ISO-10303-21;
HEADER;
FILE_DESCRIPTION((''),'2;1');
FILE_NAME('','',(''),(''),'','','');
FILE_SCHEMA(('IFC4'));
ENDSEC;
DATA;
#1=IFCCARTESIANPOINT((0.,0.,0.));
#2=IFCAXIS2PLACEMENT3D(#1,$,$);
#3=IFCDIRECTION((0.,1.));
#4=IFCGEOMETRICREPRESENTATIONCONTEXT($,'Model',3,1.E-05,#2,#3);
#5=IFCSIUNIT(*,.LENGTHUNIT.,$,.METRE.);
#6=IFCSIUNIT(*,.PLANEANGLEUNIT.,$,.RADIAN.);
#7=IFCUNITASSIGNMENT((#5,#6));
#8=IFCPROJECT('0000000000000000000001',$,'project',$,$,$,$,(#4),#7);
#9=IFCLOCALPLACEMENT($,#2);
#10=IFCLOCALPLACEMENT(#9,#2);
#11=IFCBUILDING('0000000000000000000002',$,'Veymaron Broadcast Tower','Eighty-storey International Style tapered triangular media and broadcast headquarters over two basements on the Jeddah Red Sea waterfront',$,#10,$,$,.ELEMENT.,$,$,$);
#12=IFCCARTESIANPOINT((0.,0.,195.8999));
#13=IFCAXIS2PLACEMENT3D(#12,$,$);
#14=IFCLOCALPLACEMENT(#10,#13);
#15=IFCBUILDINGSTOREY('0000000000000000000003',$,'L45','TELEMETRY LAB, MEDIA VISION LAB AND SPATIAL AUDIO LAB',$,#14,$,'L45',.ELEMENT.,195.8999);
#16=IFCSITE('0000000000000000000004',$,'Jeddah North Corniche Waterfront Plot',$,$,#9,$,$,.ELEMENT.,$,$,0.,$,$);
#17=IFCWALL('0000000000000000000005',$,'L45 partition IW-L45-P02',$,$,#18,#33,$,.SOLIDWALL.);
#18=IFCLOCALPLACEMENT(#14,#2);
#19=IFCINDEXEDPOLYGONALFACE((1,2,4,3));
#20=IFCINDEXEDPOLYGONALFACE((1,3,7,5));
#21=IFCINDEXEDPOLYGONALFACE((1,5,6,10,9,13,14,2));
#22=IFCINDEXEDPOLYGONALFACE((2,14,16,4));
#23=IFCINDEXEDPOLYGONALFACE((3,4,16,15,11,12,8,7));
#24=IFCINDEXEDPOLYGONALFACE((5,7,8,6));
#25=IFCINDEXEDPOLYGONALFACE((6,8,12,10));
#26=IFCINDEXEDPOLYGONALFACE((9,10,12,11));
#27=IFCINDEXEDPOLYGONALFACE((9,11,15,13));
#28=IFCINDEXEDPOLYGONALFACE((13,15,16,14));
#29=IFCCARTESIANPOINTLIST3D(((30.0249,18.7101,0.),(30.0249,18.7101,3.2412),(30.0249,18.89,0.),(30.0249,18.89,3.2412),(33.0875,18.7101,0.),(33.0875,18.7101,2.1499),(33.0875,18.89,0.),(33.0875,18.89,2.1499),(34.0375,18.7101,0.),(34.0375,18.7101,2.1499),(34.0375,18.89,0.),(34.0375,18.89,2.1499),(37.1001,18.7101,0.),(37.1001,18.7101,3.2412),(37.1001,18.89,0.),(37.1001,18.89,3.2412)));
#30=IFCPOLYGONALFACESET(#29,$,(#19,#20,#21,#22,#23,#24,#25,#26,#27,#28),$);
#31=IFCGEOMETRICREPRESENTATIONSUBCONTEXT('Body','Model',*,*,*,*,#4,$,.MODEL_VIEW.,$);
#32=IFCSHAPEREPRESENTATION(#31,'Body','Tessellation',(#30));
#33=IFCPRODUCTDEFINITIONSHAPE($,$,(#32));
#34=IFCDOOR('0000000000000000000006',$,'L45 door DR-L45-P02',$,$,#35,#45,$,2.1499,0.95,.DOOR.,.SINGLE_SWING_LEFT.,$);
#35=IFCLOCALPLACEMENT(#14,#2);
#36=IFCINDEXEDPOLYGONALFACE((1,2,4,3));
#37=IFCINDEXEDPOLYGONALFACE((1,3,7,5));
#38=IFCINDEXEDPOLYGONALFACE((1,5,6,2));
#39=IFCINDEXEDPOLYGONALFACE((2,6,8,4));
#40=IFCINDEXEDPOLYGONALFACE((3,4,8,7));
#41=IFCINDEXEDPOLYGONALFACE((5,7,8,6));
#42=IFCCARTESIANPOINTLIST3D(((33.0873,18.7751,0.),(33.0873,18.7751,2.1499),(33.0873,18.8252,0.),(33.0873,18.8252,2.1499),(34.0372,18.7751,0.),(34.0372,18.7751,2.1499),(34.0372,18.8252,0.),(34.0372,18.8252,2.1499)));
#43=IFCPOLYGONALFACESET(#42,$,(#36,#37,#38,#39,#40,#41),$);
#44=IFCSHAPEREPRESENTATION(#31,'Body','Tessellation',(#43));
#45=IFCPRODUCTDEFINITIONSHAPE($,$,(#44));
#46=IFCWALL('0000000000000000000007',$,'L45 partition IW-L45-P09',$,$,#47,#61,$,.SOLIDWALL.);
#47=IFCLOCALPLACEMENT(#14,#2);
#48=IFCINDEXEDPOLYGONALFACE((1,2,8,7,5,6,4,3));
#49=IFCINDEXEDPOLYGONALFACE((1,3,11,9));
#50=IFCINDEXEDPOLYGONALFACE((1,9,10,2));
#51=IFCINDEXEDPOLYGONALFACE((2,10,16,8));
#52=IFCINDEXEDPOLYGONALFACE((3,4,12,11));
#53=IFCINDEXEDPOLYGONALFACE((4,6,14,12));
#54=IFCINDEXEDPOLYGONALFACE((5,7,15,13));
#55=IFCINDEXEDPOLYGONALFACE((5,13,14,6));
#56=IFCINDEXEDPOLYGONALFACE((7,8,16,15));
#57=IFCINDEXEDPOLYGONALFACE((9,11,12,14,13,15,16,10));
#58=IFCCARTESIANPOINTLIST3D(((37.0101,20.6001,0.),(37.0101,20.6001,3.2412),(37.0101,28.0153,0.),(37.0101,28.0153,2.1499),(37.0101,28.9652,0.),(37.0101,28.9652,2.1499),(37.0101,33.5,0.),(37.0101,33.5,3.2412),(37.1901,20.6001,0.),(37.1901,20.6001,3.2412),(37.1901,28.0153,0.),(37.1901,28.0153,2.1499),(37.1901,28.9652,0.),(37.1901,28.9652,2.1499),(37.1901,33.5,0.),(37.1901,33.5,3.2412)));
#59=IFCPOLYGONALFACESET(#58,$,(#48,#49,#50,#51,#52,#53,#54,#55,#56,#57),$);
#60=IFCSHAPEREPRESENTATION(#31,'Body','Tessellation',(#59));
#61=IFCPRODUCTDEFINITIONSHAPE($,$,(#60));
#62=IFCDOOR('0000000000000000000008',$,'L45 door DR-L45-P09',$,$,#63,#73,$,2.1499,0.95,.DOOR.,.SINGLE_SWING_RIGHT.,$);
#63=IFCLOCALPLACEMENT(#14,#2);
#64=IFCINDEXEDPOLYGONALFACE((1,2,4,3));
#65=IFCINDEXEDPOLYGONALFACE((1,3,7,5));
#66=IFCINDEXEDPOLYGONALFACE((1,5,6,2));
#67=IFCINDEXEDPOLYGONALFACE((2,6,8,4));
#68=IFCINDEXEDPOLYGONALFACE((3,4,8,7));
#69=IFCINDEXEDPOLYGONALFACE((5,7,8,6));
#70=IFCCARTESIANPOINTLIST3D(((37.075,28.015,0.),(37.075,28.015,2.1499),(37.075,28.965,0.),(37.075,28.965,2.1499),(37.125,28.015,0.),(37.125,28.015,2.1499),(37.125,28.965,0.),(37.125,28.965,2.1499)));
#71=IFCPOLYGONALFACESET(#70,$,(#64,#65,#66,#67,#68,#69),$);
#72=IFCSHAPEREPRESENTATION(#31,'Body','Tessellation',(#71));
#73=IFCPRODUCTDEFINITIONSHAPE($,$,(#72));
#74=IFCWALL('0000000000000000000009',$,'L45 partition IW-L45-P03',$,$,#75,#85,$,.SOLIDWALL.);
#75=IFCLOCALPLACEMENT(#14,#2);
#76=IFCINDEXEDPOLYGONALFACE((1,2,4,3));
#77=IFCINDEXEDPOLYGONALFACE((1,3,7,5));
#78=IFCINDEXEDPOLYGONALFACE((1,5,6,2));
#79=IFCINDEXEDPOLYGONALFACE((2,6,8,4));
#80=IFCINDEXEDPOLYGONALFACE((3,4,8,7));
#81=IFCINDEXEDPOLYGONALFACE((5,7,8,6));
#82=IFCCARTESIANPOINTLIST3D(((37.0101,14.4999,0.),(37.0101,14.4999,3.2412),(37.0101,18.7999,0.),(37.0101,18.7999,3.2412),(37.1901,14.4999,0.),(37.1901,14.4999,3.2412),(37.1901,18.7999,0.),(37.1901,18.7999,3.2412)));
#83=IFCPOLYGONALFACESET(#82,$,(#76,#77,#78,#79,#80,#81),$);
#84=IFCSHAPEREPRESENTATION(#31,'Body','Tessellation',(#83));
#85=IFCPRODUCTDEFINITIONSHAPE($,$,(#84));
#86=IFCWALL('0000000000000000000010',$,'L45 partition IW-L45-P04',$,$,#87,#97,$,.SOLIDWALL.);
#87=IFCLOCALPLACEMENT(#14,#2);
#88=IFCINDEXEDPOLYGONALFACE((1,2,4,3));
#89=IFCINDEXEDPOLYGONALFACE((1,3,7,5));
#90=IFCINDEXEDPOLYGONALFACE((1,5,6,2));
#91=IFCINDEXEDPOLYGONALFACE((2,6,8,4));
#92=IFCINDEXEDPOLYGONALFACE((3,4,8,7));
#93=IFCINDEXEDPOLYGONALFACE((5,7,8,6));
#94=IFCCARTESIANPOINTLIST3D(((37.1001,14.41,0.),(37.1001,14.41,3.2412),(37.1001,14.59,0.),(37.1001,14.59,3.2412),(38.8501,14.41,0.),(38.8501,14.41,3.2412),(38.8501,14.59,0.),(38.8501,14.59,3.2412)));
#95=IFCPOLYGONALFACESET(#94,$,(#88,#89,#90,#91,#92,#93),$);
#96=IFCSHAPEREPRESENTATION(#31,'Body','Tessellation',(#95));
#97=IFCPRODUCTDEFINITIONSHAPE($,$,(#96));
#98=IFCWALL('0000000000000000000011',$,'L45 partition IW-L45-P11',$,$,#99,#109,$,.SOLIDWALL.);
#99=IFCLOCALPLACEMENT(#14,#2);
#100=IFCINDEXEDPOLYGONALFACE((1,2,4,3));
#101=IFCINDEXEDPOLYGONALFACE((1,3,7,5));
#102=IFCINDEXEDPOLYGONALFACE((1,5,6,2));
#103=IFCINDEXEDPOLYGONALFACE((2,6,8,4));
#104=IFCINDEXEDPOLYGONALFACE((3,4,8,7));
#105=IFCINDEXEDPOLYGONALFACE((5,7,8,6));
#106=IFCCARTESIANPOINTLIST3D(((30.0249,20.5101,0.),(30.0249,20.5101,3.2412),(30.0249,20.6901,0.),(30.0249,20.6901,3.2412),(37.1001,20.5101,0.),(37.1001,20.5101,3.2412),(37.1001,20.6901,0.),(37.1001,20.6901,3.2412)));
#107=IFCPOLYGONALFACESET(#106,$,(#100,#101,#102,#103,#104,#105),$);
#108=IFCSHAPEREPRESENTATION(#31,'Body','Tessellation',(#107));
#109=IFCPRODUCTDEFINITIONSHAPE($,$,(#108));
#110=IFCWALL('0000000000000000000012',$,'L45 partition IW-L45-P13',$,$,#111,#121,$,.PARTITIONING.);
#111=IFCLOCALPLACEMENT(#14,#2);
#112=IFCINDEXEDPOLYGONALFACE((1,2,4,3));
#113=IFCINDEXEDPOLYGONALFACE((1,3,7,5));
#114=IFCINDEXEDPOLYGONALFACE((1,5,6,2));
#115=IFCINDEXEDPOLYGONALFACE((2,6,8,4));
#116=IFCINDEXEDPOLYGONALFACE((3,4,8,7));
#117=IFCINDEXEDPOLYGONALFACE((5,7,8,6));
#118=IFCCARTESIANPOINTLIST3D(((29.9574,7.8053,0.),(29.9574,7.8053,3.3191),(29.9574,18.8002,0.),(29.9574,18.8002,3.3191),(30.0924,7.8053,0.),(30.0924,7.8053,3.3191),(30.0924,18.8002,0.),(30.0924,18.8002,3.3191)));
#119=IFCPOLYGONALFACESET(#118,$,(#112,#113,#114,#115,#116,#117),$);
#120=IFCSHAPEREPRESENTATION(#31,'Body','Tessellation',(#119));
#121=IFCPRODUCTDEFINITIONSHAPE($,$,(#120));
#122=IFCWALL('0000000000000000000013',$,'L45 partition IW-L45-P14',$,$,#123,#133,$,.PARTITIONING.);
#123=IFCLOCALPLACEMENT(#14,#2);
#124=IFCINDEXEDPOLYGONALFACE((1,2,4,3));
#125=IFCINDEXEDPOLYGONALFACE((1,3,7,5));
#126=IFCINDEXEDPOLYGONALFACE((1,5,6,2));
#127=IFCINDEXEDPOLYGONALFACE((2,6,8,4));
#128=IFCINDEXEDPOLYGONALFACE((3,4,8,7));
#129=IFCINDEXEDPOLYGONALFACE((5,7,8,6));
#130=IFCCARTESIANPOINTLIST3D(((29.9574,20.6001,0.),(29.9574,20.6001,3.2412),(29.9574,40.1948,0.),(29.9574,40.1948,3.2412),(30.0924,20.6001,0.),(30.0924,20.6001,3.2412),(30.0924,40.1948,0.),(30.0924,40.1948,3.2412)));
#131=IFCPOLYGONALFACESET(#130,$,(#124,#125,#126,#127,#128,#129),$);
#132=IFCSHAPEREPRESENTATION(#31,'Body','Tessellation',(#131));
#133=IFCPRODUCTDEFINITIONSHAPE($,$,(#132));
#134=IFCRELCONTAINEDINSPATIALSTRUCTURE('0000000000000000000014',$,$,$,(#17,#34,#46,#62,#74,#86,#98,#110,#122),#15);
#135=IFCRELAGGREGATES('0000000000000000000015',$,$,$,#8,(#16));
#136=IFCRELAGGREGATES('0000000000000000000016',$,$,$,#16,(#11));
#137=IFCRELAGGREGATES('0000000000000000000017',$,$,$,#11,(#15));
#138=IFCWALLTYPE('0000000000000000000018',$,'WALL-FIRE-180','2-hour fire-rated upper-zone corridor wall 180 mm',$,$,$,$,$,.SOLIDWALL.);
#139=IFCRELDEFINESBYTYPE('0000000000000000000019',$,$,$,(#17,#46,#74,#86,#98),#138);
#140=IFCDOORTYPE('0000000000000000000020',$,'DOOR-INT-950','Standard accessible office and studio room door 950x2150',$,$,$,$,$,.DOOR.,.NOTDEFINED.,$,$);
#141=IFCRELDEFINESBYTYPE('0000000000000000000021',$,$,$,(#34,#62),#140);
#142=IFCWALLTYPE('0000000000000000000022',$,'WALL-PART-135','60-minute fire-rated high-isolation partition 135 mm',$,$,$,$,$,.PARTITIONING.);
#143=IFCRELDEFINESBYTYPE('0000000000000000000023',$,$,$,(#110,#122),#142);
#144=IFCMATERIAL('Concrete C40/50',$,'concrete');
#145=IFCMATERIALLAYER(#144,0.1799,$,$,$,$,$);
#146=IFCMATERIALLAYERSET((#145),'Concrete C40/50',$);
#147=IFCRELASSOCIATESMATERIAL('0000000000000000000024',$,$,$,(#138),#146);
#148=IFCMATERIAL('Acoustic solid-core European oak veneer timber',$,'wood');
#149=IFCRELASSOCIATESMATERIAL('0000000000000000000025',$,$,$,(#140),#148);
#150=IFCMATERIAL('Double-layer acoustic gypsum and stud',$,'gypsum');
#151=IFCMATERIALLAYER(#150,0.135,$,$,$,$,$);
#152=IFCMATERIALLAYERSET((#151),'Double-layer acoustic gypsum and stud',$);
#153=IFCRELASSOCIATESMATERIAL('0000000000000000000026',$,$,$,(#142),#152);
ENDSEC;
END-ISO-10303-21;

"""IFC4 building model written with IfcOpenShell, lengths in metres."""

from ifc_helpers import new_model, si_unit, direction, frame, frame_2d, origin, place, context, subcontext, project, spatial, rectangle, extrude, material, layer, layer_set, type_object, element, fill, save


model = new_model("IFC4")

# Units and contexts
model_context = context("Model", 3, precision=1e-05, world=origin(), true_north=direction((0.0, 1.0)))
body_context = subcontext(model_context, "Body", "Model", "MODEL_VIEW")
ifc_project = project(units=[si_unit("LENGTHUNIT", "METRE"), si_unit("PLANEANGLEUNIT", "RADIAN")], contexts=[model_context])

# Site, building, storey
site_placement = place(None, origin())
site = spatial("IfcSite", under=ifc_project, at=site_placement, Name="Jeddah North Corniche Waterfront Plot", CompositionType="ELEMENT", RefElevation=0.0)
building_placement = place(site_placement, origin())
building = spatial("IfcBuilding", under=site, at=building_placement, Name="Veymaron Broadcast Tower", Description="Eighty-storey International Style tapered triangular media and broadcast headquarters over two basements on the Jeddah Red Sea waterfront", CompositionType="ELEMENT")
storey_placement = place(building_placement, frame((0.0, 0.0, 195.8999)))
storey = spatial("IfcBuildingStorey", under=building, at=storey_placement, Name="L45", Description="TELEMETRY LAB, MEDIA VISION LAB AND SPATIAL AUDIO LAB", LongName="L45", CompositionType="ELEMENT", Elevation=195.8999)

# Walls, openings, doors
ifc_material_1 = material(Name="Concrete C40/50", Category="concrete")
ifc_layer_1 = layer(ifc_material_1, 0.1799)
ifc_layer_set_1 = layer_set([ifc_layer_1], Name="Concrete C40/50")
wall_type_1 = type_object("IfcWallType", Name="WALL-FIRE-180", Description="2-hour fire-rated upper-zone corridor wall 180 mm", PredefinedType="SOLIDWALL", material=ifc_layer_set_1)
wall_1_placement = place(storey_placement, frame((30.0249, 18.8, 0.0), z_axis=(0.0, 0.0, 1.0), x_axis=(1.0, 0.0, 0.0)))
wall_1 = element("IfcWall", 1, at=wall_1_placement, inside=storey, type_object=wall_type_1, Name="L45 partition IW-L45-P02", PredefinedType="SOLIDWALL", context=body_context, shape_type="SweptSolid", body=[
    extrude(rectangle(XDim=7.0752, YDim=0.1799, at=frame_2d((3.5376, 0.0))), origin(), (0.0, 0.0, 1.0), 3.2412),
])
opening_1_placement = place(wall_1_placement, frame((3.0625, 0.0, 0.0)))
opening_1 = element("IfcOpeningElement", 2, at=opening_1_placement, cuts=wall_1, PredefinedType="OPENING", context=body_context, shape_type="SweptSolid", body=[
    extrude(rectangle(XDim=0.95, YDim=2.1499, at=frame_2d((0.4751, 1.075))), frame((0.0, 0.1001, 0.0), z_axis=(0.0, -1.0, 0.0), x_axis=(1.0, 0.0, 0.0)), (0.0, 0.0, 1.0), 0.2),
])
ifc_material_2 = material(Name="Acoustic solid-core European oak veneer timber", Category="wood")
door_type = type_object("IfcDoorType", Name="DOOR-INT-950", Description="Standard accessible office and studio room door 950x2150", OperationType="NOTDEFINED", PredefinedType="DOOR", material=ifc_material_2)
door_1_placement = place(opening_1_placement, frame((0.95, 0.0, 0.0), z_axis=(0.0, 0.0, 1.0), x_axis=(-1.0, 0.0, 0.0)))
door_1 = element("IfcDoor", 3, at=door_1_placement, inside=storey, type_object=door_type, Name="L45 door DR-L45-P02", OperationType="SINGLE_SWING_LEFT", OverallHeight=2.1499, OverallWidth=0.95, PredefinedType="DOOR", context=body_context, shape_type="SweptSolid", body=[
    extrude(rectangle(XDim=0.95, YDim=2.1499, at=frame_2d((0.4751, 1.075))), frame((0.0, 0.0249, 0.0), z_axis=(0.0, -1.0, 0.0), x_axis=(1.0, 0.0, 0.0)), (0.0, 0.0, 1.0), 0.05),
])
fill(opening_1, door_1)
wall_2_placement = place(storey_placement, frame((37.1001, 20.6001, 0.0), z_axis=(0.0, 0.0, 1.0), x_axis=(0.0, 1.0, 0.0)))
wall_2 = element("IfcWall", 4, at=wall_2_placement, inside=storey, type_object=wall_type_1, Name="L45 partition IW-L45-P09", PredefinedType="SOLIDWALL", context=body_context, shape_type="SweptSolid", body=[
    extrude(rectangle(XDim=12.8999, YDim=0.1799, at=frame_2d((6.45, 0.0))), origin(), (0.0, 0.0, 1.0), 3.2412),
])
opening_2_placement = place(wall_2_placement, frame((7.415, 0.0, 0.0)))
opening_2 = element("IfcOpeningElement", 5, at=opening_2_placement, cuts=wall_2, PredefinedType="OPENING", context=body_context, shape_type="SweptSolid", body=[
    extrude(rectangle(XDim=0.95, YDim=2.1499, at=frame_2d((0.4751, 1.075))), frame((0.0, 0.1001, 0.0), z_axis=(0.0, -1.0, 0.0), x_axis=(1.0, 0.0, 0.0)), (0.0, 0.0, 1.0), 0.2),
])
door_2_placement = place(opening_2_placement, frame((0.95, 0.0, 0.0), z_axis=(0.0, 0.0, 1.0), x_axis=(-1.0, 0.0, 0.0)))
door_2 = element("IfcDoor", 6, at=door_2_placement, inside=storey, type_object=door_type, Name="L45 door DR-L45-P09", OperationType="SINGLE_SWING_RIGHT", OverallHeight=2.1499, OverallWidth=0.95, PredefinedType="DOOR", context=body_context, shape_type="SweptSolid", body=[
    extrude(rectangle(XDim=0.95, YDim=2.1499, at=frame_2d((0.4751, 1.075))), frame((0.0, 0.0249, 0.0), z_axis=(0.0, -1.0, 0.0), x_axis=(1.0, 0.0, 0.0)), (0.0, 0.0, 1.0), 0.05),
])
fill(opening_2, door_2)

# Walls
wall_3_placement = place(storey_placement, frame((37.1001, 14.5, 0.0), z_axis=(0.0, 0.0, 1.0), x_axis=(0.0, 1.0, 0.0)))
element("IfcWall", 7, at=wall_3_placement, inside=storey, type_object=wall_type_1, Name="L45 partition IW-L45-P03", PredefinedType="SOLIDWALL", context=body_context, shape_type="SweptSolid", body=[
    extrude(rectangle(XDim=4.3, YDim=0.1799, at=frame_2d((2.1499, 0.0))), origin(), (0.0, 0.0, 1.0), 3.2412),
])
wall_4_placement = place(storey_placement, frame((37.1001, 14.5, 0.0), z_axis=(0.0, 0.0, 1.0), x_axis=(1.0, 0.0, 0.0)))
element("IfcWall", 8, at=wall_4_placement, inside=storey, type_object=wall_type_1, Name="L45 partition IW-L45-P04", PredefinedType="SOLIDWALL", context=body_context, shape_type="SweptSolid", body=[
    extrude(rectangle(XDim=1.75, YDim=0.1799, at=frame_2d((0.875, 0.0))), origin(), (0.0, 0.0, 1.0), 3.2412),
])
wall_5_placement = place(storey_placement, frame((30.0249, 20.6001, 0.0), z_axis=(0.0, 0.0, 1.0), x_axis=(1.0, 0.0, 0.0)))
element("IfcWall", 9, at=wall_5_placement, inside=storey, type_object=wall_type_1, Name="L45 partition IW-L45-P11", PredefinedType="SOLIDWALL", context=body_context, shape_type="SweptSolid", body=[
    extrude(rectangle(XDim=7.0752, YDim=0.1799, at=frame_2d((3.5376, 0.0))), origin(), (0.0, 0.0, 1.0), 3.2412),
])
ifc_material_3 = material(Name="Double-layer acoustic gypsum and stud", Category="gypsum")
ifc_layer_2 = layer(ifc_material_3, 0.135)
ifc_layer_set_2 = layer_set([ifc_layer_2], Name="Double-layer acoustic gypsum and stud")
wall_type_2 = type_object("IfcWallType", Name="WALL-PART-135", Description="60-minute fire-rated high-isolation partition 135 mm", PredefinedType="PARTITIONING", material=ifc_layer_set_2)
wall_6_placement = place(storey_placement, frame((30.0249, 7.8052, 0.0), z_axis=(0.0, 0.0, 1.0), x_axis=(0.0, 1.0, 0.0)))
element("IfcWall", 10, at=wall_6_placement, inside=storey, type_object=wall_type_2, Name="L45 partition IW-L45-P13", PredefinedType="PARTITIONING", context=body_context, shape_type="SweptSolid", body=[
    extrude(rectangle(XDim=10.9949, YDim=0.135, at=frame_2d((5.4976, 0.0))), origin(), (0.0, 0.0, 1.0), 3.3191),
])
wall_7_placement = place(storey_placement, frame((30.0249, 20.6001, 0.0), z_axis=(0.0, 0.0, 1.0), x_axis=(0.0, 1.0, 0.0)))
element("IfcWall", 11, at=wall_7_placement, inside=storey, type_object=wall_type_2, Name="L45 partition IW-L45-P14", PredefinedType="PARTITIONING", context=body_context, shape_type="SweptSolid", body=[
    extrude(rectangle(XDim=19.5947, YDim=0.135, at=frame_2d((9.7974, 0.0))), origin(), (0.0, 0.0, 1.0), 3.2412),
])

save(model, "model.ifc")
